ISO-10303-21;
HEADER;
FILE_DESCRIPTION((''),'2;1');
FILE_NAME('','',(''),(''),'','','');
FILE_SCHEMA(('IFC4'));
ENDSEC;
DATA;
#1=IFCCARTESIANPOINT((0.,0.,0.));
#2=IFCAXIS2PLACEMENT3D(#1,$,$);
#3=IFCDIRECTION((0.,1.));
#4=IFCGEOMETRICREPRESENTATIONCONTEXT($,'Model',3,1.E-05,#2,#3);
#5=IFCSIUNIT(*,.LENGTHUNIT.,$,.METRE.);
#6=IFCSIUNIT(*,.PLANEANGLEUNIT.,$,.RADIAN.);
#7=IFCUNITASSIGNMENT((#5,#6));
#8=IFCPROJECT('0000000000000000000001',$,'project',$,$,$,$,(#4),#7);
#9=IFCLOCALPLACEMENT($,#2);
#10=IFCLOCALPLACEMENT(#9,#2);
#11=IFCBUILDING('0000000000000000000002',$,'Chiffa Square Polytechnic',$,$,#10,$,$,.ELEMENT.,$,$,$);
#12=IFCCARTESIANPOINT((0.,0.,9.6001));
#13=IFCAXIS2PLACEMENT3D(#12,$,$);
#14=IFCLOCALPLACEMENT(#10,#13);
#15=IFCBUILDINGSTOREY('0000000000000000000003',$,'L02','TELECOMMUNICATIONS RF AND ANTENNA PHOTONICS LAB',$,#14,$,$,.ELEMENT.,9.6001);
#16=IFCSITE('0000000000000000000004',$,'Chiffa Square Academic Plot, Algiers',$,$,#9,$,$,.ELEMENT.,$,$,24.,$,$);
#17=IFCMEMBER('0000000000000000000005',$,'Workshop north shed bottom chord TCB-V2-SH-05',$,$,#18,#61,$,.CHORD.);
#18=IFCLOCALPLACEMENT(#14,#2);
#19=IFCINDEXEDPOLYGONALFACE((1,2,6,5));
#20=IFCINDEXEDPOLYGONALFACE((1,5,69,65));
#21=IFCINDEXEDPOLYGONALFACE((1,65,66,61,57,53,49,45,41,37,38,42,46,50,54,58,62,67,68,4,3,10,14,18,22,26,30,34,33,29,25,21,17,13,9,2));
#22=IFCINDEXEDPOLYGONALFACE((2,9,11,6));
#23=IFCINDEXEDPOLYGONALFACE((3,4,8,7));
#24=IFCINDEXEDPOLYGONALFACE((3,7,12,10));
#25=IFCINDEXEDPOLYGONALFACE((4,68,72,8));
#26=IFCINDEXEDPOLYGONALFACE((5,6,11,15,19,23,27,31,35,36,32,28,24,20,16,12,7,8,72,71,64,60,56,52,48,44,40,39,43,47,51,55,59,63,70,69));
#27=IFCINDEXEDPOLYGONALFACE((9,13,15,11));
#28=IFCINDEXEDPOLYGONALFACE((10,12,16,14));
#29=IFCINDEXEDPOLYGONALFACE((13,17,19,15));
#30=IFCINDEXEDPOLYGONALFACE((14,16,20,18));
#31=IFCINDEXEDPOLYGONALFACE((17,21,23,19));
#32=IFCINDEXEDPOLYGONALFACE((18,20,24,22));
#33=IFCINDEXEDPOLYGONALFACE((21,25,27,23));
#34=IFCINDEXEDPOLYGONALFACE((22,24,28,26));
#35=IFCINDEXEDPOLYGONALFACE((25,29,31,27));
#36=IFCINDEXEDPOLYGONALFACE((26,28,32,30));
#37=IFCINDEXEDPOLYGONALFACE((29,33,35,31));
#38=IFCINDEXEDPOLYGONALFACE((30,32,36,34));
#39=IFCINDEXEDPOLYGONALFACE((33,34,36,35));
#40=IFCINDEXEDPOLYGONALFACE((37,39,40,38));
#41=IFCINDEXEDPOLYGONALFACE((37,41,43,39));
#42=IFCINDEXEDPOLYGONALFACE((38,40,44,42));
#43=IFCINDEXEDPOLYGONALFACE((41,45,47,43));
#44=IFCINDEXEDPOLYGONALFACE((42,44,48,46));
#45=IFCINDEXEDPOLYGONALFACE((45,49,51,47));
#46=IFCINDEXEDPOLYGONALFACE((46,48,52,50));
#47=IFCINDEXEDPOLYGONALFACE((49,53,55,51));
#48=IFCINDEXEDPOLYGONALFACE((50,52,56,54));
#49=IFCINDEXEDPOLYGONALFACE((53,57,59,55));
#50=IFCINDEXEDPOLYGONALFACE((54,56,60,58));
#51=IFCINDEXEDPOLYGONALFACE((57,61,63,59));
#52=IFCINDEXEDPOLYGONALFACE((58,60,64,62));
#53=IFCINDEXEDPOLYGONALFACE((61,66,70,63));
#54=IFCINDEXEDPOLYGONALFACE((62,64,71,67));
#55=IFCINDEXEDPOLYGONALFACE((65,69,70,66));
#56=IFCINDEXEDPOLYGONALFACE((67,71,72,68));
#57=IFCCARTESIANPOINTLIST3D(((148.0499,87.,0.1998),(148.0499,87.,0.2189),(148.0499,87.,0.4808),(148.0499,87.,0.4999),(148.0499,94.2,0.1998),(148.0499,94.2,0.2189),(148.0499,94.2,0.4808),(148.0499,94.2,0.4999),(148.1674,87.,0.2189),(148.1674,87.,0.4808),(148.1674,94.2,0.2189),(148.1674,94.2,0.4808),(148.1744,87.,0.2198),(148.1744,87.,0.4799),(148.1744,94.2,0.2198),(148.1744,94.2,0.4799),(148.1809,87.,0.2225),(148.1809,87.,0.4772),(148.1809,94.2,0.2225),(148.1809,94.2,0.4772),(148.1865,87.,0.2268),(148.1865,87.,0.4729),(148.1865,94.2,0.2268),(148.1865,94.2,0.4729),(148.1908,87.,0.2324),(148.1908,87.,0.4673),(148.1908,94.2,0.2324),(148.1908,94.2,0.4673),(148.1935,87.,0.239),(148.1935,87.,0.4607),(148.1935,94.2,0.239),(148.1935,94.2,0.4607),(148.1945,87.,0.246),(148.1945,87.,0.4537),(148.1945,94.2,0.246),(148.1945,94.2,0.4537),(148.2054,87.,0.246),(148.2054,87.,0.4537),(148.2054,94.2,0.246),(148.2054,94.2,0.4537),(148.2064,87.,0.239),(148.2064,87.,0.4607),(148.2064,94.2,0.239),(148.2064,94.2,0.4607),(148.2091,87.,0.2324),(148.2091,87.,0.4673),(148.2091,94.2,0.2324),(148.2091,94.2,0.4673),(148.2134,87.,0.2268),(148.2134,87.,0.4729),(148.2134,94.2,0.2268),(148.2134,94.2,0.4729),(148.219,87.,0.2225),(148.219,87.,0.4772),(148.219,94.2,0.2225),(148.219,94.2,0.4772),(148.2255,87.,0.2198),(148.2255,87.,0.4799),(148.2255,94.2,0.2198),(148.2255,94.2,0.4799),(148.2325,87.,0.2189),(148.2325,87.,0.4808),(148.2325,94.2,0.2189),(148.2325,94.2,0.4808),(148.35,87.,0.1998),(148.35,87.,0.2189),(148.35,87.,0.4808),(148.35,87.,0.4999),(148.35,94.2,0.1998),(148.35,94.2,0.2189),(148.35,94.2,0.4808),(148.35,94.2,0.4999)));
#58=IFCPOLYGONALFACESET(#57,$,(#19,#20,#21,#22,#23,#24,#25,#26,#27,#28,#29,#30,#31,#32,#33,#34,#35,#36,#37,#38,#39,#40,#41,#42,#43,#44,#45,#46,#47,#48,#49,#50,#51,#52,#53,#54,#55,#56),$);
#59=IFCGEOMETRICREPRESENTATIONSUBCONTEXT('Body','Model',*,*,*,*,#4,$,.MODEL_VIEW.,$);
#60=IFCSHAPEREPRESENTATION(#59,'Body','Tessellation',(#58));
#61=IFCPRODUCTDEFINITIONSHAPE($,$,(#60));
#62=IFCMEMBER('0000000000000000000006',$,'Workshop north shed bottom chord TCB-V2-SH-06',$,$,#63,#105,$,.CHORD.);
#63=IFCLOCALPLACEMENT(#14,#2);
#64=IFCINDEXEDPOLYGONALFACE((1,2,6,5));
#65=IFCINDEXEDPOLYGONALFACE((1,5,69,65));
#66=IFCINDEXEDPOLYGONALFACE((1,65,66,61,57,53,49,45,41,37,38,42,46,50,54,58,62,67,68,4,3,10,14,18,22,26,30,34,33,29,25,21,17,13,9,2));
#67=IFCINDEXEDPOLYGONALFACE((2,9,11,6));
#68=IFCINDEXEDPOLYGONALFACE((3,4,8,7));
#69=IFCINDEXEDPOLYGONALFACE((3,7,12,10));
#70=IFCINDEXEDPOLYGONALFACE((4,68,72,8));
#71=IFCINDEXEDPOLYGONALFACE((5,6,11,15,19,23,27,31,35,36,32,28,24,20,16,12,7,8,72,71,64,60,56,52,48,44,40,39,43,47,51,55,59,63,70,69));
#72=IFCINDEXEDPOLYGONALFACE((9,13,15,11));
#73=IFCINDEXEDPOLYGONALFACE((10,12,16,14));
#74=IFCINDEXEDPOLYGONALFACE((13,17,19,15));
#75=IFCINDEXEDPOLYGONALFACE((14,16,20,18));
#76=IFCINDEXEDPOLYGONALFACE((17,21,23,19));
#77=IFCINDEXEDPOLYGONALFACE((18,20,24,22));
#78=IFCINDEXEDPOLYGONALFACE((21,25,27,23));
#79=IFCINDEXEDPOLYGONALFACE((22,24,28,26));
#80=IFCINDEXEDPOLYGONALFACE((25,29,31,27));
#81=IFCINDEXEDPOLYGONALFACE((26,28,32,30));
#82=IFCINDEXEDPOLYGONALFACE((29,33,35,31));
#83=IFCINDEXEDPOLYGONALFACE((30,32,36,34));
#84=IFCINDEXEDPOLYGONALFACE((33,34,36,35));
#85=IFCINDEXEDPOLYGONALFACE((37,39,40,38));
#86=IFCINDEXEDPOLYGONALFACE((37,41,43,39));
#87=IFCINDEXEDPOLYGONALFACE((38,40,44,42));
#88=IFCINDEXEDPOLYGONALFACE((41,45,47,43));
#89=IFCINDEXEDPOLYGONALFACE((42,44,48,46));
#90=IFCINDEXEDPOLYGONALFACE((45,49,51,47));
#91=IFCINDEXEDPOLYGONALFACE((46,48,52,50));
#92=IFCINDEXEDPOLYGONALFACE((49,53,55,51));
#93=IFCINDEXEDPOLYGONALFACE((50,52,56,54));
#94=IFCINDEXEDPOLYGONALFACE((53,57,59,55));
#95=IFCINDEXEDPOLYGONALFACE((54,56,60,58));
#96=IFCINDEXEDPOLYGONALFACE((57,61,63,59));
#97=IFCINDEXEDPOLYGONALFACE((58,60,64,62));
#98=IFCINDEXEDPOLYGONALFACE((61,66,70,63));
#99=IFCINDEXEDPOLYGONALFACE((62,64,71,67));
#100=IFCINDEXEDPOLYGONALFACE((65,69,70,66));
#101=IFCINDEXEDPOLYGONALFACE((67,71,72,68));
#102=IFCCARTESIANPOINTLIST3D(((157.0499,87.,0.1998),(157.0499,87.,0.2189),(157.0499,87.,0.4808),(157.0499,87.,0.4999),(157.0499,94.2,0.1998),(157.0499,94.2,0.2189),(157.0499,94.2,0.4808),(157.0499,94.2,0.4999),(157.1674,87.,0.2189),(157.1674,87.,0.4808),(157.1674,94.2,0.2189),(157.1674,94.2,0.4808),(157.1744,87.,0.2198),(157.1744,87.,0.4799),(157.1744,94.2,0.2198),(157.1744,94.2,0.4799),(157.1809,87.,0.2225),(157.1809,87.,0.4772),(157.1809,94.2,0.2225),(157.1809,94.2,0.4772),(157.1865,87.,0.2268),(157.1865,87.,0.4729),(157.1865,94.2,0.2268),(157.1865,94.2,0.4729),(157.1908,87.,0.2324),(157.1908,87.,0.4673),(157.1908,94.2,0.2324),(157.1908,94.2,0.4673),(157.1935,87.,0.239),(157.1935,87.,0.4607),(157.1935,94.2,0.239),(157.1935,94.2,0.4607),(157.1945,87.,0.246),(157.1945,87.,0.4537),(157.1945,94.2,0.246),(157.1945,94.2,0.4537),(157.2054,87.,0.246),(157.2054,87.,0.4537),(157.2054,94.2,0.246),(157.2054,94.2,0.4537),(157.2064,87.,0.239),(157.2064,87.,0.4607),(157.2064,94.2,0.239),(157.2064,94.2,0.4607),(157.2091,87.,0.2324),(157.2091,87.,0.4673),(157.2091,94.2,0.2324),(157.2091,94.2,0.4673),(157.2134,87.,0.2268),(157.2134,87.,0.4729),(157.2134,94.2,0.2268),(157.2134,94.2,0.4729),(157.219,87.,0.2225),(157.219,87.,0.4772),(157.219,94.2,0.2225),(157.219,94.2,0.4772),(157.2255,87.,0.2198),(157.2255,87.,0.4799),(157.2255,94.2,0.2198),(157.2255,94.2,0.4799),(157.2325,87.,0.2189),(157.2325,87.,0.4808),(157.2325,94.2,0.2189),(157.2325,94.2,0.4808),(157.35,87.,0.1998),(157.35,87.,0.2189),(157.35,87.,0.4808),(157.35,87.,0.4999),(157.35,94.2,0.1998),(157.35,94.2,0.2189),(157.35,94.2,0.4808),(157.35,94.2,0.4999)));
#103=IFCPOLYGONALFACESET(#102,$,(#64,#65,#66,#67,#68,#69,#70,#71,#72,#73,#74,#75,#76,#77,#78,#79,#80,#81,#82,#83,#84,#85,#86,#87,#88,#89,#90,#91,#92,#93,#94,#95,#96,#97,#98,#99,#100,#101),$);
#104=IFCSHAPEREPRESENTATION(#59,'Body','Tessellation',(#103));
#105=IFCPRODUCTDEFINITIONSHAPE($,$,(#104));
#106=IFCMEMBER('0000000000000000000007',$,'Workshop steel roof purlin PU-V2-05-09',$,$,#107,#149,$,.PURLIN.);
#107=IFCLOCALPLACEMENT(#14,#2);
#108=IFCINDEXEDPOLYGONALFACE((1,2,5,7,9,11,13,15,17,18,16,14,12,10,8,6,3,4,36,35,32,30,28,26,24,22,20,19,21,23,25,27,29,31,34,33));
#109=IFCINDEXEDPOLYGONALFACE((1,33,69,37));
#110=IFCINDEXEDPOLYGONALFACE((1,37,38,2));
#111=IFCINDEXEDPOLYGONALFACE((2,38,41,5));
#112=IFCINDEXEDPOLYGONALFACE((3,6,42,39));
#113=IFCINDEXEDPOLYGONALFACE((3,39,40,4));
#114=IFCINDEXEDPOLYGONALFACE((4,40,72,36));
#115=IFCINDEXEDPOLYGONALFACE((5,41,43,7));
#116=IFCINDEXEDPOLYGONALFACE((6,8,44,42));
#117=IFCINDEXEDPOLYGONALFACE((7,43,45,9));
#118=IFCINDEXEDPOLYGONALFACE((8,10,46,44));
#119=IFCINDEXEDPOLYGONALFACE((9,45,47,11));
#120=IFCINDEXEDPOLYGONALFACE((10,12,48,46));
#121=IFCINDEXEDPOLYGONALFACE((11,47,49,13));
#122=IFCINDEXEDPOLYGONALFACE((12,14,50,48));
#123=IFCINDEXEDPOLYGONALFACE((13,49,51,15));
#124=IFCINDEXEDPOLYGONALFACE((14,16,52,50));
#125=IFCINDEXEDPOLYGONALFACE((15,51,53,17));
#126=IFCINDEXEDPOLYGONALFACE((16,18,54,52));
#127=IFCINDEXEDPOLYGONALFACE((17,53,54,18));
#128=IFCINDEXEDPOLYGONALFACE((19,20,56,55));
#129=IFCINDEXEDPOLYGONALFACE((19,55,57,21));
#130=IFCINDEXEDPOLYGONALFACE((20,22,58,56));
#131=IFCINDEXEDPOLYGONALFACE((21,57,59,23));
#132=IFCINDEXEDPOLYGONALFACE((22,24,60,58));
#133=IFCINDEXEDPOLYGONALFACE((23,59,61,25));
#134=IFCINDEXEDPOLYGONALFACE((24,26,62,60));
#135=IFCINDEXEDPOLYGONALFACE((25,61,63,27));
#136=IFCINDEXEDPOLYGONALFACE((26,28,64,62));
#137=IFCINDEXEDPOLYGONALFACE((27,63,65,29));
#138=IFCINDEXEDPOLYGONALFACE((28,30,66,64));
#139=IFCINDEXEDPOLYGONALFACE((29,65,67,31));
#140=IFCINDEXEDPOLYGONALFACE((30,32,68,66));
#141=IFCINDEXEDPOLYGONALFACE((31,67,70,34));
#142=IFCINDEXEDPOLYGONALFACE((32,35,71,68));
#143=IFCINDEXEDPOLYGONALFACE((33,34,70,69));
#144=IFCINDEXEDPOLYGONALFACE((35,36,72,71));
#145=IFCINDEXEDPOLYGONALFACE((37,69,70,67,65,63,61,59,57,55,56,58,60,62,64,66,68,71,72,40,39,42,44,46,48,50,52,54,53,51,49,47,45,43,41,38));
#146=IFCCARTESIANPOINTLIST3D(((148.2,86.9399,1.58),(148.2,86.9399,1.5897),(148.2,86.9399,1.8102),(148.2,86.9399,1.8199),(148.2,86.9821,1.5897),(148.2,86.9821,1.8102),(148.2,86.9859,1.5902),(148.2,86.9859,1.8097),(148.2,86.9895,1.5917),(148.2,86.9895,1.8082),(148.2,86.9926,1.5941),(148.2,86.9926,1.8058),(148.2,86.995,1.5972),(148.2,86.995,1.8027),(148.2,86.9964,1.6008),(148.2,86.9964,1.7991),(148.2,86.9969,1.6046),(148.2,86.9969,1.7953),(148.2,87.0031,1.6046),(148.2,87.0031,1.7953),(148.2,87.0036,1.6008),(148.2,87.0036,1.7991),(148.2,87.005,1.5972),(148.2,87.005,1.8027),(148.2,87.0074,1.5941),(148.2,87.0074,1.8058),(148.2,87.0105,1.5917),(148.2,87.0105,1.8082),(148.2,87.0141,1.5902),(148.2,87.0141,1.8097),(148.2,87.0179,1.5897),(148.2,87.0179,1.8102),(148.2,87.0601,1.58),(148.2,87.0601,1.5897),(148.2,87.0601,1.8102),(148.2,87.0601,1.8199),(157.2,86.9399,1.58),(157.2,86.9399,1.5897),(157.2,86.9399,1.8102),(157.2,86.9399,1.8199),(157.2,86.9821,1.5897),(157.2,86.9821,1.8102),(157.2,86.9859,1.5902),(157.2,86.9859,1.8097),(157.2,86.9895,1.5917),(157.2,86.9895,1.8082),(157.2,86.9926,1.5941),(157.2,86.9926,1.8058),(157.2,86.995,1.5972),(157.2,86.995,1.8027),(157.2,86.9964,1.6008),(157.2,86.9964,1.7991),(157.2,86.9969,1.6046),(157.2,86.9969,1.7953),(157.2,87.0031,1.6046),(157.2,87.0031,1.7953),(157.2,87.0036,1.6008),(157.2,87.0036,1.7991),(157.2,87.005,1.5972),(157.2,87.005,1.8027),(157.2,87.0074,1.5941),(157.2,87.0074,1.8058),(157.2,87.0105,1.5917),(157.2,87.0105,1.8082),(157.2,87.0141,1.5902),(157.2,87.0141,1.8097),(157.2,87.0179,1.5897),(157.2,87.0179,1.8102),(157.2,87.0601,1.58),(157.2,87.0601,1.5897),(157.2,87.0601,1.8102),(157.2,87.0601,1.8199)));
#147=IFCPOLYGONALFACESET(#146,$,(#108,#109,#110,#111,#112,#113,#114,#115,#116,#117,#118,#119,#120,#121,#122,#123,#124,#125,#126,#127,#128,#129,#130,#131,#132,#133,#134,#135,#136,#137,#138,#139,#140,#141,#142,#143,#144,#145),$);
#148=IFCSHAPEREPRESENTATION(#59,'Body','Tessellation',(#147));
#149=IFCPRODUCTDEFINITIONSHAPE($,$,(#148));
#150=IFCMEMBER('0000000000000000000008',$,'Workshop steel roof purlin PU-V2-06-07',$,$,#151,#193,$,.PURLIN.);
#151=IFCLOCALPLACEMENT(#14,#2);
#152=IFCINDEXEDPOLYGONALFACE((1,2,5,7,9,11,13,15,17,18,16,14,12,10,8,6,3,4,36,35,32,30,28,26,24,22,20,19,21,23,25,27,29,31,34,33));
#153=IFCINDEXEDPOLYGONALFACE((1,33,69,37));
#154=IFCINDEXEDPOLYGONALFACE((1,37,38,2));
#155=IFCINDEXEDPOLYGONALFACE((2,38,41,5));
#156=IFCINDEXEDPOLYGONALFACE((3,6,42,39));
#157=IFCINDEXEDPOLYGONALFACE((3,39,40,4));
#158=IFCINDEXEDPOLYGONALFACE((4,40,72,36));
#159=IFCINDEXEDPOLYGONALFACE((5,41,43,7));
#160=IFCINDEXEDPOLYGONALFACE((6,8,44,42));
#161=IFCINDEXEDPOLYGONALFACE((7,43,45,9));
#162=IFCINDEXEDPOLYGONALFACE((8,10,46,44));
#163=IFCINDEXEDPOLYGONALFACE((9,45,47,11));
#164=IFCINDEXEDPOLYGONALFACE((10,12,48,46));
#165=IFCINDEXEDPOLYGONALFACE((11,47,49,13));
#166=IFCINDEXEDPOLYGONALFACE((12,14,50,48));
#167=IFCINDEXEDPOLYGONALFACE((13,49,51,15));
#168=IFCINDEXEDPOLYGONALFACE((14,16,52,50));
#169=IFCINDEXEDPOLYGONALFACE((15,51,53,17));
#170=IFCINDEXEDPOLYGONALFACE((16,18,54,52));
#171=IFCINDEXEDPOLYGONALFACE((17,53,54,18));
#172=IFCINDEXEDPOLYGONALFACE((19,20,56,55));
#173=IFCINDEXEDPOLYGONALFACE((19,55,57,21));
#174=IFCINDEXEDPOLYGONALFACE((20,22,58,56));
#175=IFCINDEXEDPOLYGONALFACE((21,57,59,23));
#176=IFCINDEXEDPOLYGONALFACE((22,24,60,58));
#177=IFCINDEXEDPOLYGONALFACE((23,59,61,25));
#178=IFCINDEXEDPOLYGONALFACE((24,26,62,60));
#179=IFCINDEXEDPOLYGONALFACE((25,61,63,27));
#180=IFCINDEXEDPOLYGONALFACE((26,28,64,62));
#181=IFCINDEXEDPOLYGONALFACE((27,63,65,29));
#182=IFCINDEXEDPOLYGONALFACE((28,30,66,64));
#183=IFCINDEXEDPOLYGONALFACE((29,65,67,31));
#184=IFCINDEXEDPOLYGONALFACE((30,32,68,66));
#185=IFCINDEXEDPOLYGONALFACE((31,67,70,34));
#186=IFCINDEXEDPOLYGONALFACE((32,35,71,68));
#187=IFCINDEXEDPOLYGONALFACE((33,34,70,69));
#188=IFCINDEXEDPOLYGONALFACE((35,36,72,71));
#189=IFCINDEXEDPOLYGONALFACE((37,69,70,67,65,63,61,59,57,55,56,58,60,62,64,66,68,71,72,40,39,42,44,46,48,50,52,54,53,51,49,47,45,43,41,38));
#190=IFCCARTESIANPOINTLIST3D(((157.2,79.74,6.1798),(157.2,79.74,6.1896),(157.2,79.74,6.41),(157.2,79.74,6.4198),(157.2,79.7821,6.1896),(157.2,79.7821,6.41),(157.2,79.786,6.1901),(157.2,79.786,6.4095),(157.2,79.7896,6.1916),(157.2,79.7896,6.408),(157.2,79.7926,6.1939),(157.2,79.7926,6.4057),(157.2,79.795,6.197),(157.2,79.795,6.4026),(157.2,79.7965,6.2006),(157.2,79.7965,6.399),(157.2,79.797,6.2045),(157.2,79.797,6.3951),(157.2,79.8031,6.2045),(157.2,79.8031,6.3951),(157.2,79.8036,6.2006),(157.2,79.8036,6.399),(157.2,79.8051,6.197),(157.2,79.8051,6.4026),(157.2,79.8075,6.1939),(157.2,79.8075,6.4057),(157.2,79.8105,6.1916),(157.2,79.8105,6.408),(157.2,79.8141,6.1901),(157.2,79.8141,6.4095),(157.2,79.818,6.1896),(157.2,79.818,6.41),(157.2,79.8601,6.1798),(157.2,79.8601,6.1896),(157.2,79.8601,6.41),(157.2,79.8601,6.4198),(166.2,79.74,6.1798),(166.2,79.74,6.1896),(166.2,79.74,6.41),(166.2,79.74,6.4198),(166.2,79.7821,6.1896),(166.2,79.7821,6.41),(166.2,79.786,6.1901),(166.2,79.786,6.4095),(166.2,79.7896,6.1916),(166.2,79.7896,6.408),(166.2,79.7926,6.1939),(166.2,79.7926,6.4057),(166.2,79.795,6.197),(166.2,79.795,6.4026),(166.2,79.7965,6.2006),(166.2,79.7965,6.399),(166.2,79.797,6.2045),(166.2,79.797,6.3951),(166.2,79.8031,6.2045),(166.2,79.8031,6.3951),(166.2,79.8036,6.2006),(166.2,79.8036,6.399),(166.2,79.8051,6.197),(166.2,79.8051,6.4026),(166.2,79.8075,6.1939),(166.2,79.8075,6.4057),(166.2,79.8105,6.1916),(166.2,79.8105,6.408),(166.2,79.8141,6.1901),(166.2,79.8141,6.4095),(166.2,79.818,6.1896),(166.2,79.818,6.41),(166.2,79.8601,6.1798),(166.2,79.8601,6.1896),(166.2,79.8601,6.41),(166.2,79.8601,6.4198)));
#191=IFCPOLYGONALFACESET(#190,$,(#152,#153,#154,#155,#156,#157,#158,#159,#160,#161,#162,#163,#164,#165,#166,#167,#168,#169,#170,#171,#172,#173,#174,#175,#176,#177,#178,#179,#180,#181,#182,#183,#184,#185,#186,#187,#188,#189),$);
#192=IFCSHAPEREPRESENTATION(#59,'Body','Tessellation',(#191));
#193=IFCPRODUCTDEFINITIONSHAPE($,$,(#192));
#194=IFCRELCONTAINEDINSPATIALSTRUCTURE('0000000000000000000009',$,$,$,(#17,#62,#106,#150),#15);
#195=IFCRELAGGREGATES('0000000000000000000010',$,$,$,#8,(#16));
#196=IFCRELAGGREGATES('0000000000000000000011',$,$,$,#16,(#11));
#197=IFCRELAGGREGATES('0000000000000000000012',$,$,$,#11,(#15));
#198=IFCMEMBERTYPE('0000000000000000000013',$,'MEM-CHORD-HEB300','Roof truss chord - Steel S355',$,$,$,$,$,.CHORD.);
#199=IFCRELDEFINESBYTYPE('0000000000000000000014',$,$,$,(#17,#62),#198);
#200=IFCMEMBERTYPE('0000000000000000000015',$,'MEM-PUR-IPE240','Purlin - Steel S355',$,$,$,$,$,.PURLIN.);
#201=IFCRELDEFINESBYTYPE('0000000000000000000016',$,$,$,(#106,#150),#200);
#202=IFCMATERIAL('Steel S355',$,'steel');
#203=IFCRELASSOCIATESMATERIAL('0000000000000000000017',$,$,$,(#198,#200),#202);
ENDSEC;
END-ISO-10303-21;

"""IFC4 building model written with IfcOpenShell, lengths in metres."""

from ifc_helpers import new_model, si_unit, direction, frame, origin, origin_2d, place, context, subcontext, project, spatial, i_section, extrude, material, material_profile, profile_set, type_object, element, save


model = new_model("IFC4")

# Units and contexts
model_context = context("Model", 3, precision=1e-05, world=origin(), true_north=direction((0.0, 1.0)))
body_context = subcontext(model_context, "Body", "Model", "MODEL_VIEW")
ifc_project = project(units=[si_unit("LENGTHUNIT", "METRE"), si_unit("PLANEANGLEUNIT", "RADIAN")], contexts=[model_context])

# Site, building, storey
site_placement = place(None, origin())
site = spatial("IfcSite", under=ifc_project, at=site_placement, Name="Chiffa Square Academic Plot, Algiers", CompositionType="ELEMENT", RefElevation=24.0)
building_placement = place(site_placement, origin())
building = spatial("IfcBuilding", under=site, at=building_placement, Name="Chiffa Square Polytechnic", CompositionType="ELEMENT")
storey_placement = place(building_placement, frame((0.0, 0.0, 9.6001)))
storey = spatial("IfcBuildingStorey", under=building, at=storey_placement, Name="L02", Description="TELECOMMUNICATIONS RF AND ANTENNA PHOTONICS LAB", CompositionType="ELEMENT", Elevation=9.6001)

# Shared definitions
ifc_material_1 = material(Name="Steel S355", Category="steel")

# Members
ifc_material_profile_1 = material_profile(ifc_material_1, i_section(OverallWidth=0.3, OverallDepth=0.3, WebThickness=0.011, FlangeThickness=0.019, FilletRadius=0.0271, at=origin_2d()), Name="HEB 300")
ifc_profile_set_1 = profile_set([ifc_material_profile_1], Name="Steel S355")
member_type_1 = type_object("IfcMemberType", Name="MEM-CHORD-HEB300", Description="Roof truss chord - Steel S355", PredefinedType="CHORD", material=ifc_profile_set_1)
for number, where, z_axis, x_axis, name in (
    (1, (148.2, 87.0, 0.3499), (0.0, 1.0, 0.0), (-1.0, 0.0, 0.0), "Workshop north shed bottom chord TCB-V2-SH-05"),
    (2, (157.2, 87.0, 0.3499), (0.0, 1.0, 0.0), (-1.0, 0.0, 0.0), "Workshop north shed bottom chord TCB-V2-SH-06"),
):
    element("IfcMember", number, at=place(storey_placement, frame(where, z_axis=z_axis, x_axis=x_axis)), inside=storey, type_object=member_type_1, Name=name, PredefinedType="CHORD", context=body_context, shape_type="SweptSolid", body=[
        extrude(i_section(OverallWidth=0.3, OverallDepth=0.3, WebThickness=0.011, FlangeThickness=0.019, FilletRadius=0.0271, at=origin_2d()), origin(), (0.0, 0.0, 1.0), 7.2),
    ])
ifc_material_profile_2 = material_profile(ifc_material_1, i_section(OverallWidth=0.1201, OverallDepth=0.24, WebThickness=0.0061, FlangeThickness=0.0098, FilletRadius=0.0149, at=origin_2d()), Name="IPE 240")
ifc_profile_set_2 = profile_set([ifc_material_profile_2], Name="Steel S355")
member_type_2 = type_object("IfcMemberType", Name="MEM-PUR-IPE240", Description="Purlin - Steel S355", PredefinedType="PURLIN", material=ifc_profile_set_2)
for number, where, z_axis, x_axis, name in (
    (3, (148.2, 87.0, 1.7), (1.0, 0.0, 0.0), (0.0, 1.0, 0.0), "Workshop steel roof purlin PU-V2-05-09"),
    (4, (157.2, 79.8, 6.2998), (1.0, 0.0, 0.0), (0.0, 1.0, 0.0), "Workshop steel roof purlin PU-V2-06-07"),
):
    element("IfcMember", number, at=place(storey_placement, frame(where, z_axis=z_axis, x_axis=x_axis)), inside=storey, type_object=member_type_2, Name=name, PredefinedType="PURLIN", context=body_context, shape_type="SweptSolid", body=[
        extrude(i_section(OverallWidth=0.1201, OverallDepth=0.24, WebThickness=0.0061, FlangeThickness=0.0098, FilletRadius=0.0149, at=origin_2d()), origin(), (0.0, 0.0, 1.0), 9.0),
    ])

save(model, "model.ifc")
